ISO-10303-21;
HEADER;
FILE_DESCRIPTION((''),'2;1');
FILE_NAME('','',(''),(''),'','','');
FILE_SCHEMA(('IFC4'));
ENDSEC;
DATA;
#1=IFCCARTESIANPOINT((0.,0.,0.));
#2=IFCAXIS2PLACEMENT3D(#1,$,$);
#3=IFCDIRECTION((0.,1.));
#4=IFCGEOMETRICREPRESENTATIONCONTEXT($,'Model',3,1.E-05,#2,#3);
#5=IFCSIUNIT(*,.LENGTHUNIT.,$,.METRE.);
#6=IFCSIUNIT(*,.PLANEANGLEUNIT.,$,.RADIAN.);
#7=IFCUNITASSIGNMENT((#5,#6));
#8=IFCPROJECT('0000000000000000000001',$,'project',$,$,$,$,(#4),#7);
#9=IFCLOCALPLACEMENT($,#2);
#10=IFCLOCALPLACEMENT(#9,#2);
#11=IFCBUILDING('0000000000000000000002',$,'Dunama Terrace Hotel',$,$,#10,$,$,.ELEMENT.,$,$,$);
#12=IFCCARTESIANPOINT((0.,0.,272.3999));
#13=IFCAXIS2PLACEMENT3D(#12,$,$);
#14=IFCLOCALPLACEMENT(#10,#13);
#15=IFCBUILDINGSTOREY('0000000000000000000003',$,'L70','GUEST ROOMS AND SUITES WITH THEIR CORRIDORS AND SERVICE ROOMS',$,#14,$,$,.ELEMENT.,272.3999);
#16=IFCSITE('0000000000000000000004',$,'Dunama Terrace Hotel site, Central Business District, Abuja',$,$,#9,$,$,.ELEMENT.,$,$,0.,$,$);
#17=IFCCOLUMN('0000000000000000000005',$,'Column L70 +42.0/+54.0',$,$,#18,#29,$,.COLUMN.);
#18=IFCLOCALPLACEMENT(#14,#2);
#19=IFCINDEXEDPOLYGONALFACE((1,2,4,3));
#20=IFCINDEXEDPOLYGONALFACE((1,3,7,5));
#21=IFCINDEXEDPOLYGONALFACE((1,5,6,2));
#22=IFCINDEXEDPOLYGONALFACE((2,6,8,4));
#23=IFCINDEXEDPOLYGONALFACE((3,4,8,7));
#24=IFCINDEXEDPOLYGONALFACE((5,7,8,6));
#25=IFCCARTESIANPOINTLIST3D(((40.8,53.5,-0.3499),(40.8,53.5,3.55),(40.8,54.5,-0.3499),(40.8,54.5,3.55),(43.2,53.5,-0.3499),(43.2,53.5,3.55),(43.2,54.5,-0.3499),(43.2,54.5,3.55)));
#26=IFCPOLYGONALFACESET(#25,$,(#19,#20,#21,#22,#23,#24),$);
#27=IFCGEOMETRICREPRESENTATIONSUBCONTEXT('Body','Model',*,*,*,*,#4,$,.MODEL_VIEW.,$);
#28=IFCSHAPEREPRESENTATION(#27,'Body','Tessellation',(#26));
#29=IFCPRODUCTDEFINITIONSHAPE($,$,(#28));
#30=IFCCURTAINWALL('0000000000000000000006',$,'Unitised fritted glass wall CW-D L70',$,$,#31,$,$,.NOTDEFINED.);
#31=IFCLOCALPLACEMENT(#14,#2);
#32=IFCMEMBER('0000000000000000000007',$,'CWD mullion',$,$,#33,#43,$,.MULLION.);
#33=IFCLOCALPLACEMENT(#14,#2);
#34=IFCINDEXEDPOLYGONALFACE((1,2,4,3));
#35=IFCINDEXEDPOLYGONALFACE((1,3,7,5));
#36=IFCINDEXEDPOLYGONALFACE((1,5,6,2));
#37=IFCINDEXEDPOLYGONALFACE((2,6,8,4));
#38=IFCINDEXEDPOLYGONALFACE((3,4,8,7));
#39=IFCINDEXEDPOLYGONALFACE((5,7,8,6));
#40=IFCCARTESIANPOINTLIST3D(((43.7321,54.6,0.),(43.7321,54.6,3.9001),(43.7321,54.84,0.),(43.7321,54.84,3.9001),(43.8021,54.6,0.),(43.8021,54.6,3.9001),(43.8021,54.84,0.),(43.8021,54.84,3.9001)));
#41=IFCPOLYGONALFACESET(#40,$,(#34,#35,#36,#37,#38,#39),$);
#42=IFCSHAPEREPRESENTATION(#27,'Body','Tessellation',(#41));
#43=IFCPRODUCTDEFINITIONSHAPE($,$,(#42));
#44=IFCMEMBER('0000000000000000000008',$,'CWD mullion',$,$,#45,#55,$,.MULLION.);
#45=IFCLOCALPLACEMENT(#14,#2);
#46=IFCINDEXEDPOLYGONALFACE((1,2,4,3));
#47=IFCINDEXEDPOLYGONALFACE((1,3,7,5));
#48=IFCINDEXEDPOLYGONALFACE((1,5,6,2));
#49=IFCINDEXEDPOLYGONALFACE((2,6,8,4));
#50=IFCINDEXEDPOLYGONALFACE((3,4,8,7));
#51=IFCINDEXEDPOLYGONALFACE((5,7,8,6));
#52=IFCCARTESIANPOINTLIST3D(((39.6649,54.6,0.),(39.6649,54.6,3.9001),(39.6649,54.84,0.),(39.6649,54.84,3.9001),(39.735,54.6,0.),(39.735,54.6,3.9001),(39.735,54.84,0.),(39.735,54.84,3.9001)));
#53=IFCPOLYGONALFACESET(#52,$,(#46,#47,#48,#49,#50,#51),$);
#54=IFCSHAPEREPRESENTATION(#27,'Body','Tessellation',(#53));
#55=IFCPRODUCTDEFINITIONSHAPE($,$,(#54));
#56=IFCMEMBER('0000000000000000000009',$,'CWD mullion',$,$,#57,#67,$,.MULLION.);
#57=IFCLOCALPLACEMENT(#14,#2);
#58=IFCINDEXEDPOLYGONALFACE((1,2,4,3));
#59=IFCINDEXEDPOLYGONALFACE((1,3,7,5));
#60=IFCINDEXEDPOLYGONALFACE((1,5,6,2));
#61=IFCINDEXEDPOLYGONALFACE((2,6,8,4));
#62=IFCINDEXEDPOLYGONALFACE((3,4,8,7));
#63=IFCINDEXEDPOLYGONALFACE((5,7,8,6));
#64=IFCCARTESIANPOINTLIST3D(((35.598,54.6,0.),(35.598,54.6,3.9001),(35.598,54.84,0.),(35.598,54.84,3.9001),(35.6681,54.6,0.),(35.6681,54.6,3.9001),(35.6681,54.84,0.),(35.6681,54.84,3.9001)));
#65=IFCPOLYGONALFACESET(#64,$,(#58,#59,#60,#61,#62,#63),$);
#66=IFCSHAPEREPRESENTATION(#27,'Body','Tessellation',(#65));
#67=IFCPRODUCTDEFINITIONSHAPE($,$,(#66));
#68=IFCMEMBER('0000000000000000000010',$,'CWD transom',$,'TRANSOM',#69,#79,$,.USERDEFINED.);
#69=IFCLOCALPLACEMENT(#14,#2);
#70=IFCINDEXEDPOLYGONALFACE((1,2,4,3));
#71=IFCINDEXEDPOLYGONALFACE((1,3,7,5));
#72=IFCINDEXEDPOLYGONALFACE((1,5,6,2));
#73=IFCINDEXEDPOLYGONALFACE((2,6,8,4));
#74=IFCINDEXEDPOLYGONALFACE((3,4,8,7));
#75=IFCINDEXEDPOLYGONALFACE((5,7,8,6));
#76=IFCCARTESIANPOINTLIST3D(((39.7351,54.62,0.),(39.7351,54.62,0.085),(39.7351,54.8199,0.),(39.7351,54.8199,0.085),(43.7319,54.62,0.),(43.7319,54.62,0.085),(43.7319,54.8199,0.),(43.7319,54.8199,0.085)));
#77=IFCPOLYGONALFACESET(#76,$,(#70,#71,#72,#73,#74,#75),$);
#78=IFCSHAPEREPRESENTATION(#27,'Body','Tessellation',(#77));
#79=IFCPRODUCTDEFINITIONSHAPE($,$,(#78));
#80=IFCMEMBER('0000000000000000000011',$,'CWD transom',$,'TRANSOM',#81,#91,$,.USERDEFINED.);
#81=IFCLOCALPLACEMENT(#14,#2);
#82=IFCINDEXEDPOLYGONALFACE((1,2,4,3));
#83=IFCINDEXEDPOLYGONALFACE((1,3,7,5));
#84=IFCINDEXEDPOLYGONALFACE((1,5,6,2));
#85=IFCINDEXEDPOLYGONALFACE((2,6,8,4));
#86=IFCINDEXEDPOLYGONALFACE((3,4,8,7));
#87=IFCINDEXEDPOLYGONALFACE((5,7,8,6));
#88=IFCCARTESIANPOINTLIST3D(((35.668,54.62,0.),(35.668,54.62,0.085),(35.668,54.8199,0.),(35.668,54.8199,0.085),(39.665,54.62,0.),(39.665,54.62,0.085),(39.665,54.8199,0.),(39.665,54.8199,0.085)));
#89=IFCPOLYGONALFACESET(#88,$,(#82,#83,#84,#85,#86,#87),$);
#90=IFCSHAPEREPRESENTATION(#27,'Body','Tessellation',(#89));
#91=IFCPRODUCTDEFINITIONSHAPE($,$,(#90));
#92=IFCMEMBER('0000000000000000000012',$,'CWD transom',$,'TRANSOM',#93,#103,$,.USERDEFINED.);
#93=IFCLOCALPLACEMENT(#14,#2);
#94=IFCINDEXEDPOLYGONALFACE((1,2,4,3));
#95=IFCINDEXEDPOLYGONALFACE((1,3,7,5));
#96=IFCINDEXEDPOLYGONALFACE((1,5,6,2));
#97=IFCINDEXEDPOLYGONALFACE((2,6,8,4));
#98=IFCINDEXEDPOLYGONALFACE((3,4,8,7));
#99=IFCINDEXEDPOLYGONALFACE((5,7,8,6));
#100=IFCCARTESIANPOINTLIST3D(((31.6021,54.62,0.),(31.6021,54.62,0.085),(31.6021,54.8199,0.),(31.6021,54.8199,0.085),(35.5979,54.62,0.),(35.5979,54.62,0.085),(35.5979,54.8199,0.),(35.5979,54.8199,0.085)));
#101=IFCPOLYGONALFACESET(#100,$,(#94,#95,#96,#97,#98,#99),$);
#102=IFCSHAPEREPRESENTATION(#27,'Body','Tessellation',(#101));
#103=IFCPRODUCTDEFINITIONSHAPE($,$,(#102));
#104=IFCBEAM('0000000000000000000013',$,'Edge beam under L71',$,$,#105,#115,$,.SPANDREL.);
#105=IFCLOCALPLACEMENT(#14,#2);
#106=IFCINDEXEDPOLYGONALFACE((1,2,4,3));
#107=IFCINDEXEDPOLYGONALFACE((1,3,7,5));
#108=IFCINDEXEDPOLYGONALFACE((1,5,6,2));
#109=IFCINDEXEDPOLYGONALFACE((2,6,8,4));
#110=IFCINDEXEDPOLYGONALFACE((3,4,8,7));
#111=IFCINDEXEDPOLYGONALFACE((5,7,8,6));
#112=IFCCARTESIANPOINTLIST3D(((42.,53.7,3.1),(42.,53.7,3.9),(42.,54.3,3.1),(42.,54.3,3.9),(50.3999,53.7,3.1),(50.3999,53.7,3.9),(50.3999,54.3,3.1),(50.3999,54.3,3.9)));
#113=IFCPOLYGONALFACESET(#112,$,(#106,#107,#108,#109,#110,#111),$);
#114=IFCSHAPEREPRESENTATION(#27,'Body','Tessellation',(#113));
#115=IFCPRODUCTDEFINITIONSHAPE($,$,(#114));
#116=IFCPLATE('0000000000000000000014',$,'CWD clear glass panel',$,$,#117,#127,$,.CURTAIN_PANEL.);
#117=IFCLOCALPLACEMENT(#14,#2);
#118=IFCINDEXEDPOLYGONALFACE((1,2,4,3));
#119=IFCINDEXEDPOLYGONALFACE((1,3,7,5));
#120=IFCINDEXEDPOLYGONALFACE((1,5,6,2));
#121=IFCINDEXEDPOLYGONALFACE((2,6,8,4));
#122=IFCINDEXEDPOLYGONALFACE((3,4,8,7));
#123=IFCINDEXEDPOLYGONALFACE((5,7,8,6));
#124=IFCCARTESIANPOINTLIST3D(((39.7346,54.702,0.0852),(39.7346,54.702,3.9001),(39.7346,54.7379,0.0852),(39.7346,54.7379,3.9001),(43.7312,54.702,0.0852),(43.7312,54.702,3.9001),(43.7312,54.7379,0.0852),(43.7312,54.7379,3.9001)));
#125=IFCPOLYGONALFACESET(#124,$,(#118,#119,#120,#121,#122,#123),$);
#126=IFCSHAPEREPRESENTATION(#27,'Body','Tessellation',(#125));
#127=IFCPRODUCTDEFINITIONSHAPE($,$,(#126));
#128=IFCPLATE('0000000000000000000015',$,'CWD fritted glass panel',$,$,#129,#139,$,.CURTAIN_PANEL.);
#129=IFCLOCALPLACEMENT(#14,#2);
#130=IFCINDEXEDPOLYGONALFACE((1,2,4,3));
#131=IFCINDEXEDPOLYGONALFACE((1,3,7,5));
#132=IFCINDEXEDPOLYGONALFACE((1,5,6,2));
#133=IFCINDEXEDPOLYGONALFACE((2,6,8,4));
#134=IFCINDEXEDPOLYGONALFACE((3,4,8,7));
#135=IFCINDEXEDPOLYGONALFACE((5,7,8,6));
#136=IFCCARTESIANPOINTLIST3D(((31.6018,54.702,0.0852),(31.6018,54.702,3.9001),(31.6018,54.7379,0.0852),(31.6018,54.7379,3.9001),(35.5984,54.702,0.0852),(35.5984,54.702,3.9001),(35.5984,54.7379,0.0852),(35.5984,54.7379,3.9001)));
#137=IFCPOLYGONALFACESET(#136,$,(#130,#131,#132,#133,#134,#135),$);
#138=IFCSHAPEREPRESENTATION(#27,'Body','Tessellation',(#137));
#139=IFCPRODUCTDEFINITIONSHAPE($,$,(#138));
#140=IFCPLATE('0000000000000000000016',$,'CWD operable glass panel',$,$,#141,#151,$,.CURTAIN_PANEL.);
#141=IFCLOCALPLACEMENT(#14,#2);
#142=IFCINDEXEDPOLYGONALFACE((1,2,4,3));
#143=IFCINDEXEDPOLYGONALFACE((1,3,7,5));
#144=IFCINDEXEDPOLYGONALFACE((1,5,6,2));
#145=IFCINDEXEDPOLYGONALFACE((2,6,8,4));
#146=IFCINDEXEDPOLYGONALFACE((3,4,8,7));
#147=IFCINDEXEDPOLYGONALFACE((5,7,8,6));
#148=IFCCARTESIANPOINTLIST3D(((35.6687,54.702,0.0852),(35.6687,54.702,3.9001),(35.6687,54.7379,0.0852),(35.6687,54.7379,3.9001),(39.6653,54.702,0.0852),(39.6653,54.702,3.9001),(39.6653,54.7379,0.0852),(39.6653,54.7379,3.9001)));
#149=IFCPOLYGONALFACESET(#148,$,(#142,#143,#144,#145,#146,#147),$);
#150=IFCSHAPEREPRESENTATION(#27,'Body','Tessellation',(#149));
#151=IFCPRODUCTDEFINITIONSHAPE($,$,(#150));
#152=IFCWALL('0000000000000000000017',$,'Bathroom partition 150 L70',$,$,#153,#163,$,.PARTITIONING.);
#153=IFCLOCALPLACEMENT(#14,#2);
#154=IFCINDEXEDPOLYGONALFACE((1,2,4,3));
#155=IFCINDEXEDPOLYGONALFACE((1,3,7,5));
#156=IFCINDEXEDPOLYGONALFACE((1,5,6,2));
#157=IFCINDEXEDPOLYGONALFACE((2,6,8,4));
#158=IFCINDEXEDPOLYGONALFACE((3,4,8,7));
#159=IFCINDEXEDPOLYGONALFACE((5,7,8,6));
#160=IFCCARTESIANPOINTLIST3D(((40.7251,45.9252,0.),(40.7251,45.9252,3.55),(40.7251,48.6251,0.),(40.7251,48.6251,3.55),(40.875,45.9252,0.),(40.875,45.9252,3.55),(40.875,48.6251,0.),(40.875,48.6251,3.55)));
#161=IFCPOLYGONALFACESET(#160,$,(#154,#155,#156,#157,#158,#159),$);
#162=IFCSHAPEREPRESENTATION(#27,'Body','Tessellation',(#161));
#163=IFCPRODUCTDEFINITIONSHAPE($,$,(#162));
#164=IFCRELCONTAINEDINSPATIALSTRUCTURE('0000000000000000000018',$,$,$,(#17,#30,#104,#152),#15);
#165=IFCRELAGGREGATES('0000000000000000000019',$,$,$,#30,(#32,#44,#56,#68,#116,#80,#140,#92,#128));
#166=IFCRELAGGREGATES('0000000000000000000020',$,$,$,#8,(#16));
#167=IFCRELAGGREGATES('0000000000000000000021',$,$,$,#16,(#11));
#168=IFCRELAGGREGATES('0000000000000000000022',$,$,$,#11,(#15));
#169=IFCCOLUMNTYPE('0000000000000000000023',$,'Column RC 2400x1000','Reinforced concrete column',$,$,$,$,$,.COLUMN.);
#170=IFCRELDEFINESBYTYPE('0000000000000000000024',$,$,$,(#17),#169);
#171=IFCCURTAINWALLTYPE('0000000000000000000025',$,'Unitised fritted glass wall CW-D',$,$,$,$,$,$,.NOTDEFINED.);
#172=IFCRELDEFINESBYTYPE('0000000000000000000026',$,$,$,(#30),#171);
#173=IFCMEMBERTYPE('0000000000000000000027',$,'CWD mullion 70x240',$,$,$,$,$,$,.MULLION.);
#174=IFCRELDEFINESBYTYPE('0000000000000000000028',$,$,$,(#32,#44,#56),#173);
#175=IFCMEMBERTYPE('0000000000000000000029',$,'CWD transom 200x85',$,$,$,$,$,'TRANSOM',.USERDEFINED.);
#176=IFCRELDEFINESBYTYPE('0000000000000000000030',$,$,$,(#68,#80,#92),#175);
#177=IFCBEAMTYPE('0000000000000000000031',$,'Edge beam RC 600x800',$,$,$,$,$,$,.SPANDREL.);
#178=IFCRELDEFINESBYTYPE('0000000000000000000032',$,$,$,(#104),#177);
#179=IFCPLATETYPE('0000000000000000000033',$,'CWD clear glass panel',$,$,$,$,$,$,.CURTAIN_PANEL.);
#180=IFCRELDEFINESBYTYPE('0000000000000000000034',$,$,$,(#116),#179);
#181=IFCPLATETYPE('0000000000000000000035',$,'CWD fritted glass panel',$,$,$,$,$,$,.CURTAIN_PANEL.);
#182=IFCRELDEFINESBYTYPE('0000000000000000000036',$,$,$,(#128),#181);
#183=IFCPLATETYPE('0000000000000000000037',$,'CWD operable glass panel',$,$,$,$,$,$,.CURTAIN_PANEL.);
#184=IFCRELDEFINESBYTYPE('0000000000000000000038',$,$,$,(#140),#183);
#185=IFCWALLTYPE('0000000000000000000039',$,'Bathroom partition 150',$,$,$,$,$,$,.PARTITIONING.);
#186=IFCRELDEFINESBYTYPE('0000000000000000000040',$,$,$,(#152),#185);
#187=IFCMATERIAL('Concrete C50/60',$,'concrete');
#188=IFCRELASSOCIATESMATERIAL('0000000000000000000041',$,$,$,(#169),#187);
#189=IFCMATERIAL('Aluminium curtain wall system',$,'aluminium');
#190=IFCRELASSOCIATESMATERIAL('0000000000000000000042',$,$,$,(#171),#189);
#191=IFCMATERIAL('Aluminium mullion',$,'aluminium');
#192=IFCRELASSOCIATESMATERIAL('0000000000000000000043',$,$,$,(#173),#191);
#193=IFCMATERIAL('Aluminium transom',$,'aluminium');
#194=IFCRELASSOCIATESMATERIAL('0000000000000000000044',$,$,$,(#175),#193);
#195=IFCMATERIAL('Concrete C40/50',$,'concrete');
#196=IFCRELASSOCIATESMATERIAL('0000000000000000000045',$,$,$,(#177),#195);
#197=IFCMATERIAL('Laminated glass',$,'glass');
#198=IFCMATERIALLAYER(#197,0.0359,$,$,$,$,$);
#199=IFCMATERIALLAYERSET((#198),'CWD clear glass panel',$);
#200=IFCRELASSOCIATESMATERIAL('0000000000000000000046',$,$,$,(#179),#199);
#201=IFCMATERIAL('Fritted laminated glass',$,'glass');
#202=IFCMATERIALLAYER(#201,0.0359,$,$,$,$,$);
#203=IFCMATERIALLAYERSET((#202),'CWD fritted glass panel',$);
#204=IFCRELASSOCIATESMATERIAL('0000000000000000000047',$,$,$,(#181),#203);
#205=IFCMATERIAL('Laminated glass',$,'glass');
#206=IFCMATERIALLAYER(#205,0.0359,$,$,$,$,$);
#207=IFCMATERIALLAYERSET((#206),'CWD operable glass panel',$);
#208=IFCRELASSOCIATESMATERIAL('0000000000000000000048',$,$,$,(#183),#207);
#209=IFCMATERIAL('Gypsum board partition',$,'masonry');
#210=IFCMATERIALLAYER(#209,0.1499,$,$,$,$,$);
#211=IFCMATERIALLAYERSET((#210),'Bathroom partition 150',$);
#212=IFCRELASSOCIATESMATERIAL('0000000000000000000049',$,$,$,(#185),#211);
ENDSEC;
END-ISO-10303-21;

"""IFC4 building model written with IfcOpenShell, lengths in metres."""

from ifc_helpers import new_model, si_unit, direction, frame, frame_2d, origin, origin_2d, place, context, subcontext, project, spatial, rectangle, extrude, material, layer, layer_set, material_profile, profile_set, type_object, element, aggregate, save


model = new_model("IFC4")

# Units and contexts
model_context = context("Model", 3, precision=1e-05, world=origin(), true_north=direction((0.0, 1.0)))
body_context = subcontext(model_context, "Body", "Model", "MODEL_VIEW")
ifc_project = project(units=[si_unit("LENGTHUNIT", "METRE"), si_unit("PLANEANGLEUNIT", "RADIAN")], contexts=[model_context])

# Site, building, storey
site_placement = place(None, origin())
site = spatial("IfcSite", under=ifc_project, at=site_placement, Name="Dunama Terrace Hotel site, Central Business District, Abuja", CompositionType="ELEMENT", RefElevation=0.0)
building_placement = place(site_placement, origin())
building = spatial("IfcBuilding", under=site, at=building_placement, Name="Dunama Terrace Hotel", CompositionType="ELEMENT")
storey_placement = place(building_placement, frame((0.0, 0.0, 272.3999)))
storey = spatial("IfcBuildingStorey", under=building, at=storey_placement, Name="L70", Description="GUEST ROOMS AND SUITES WITH THEIR CORRIDORS AND SERVICE ROOMS", CompositionType="ELEMENT", Elevation=272.3999)

# Column
ifc_material_1 = material(Name="Concrete C50/60", Category="concrete")
ifc_material_profile_1 = material_profile(ifc_material_1, rectangle(XDim=2.3999, YDim=1.0, at=origin_2d()), Name="RC 2400x1000")
ifc_profile_set_1 = profile_set([ifc_material_profile_1], Name="Concrete C50/60")
column_type = type_object("IfcColumnType", Name="Column RC 2400x1000", Description="Reinforced concrete column", PredefinedType="COLUMN", material=ifc_profile_set_1)
column_placement = place(storey_placement, frame((42.0, 54.0, -0.3499), z_axis=(0.0, 0.0, 1.0), x_axis=(1.0, 0.0, 0.0)))
element("IfcColumn", 1, at=column_placement, inside=storey, type_object=column_type, Name="Column L70 +42.0/+54.0", PredefinedType="COLUMN", context=body_context, shape_type="SweptSolid", body=[
    extrude(rectangle(XDim=2.3999, YDim=1.0, at=origin_2d()), origin(), (0.0, 0.0, 1.0), 3.8999),
])

# Curtain wall, members
ifc_material_2 = material(Name="Aluminium curtain wall system", Category="aluminium")
curtain_wall_type = type_object("IfcCurtainWallType", Name="Unitised fritted glass wall CW-D", PredefinedType="NOTDEFINED", material=ifc_material_2)
curtain_wall_placement = place(storey_placement, origin())
curtain_wall = element("IfcCurtainWall", 2, at=curtain_wall_placement, inside=storey, type_object=curtain_wall_type, Name="Unitised fritted glass wall CW-D L70", PredefinedType="NOTDEFINED")
ifc_material_3 = material(Name="Aluminium mullion", Category="aluminium")
ifc_material_profile_2 = material_profile(ifc_material_3, rectangle(XDim=0.0701, YDim=0.24, at=origin_2d()), Name="CWD MULLION 70X240")
ifc_profile_set_2 = profile_set([ifc_material_profile_2], Name="Aluminium mullion")
member_type_1 = type_object("IfcMemberType", Name="CWD mullion 70x240", PredefinedType="MULLION", material=ifc_profile_set_2)
member_1_placement = place(storey_placement, frame((43.7671, 54.72, 0.0), z_axis=(0.0, 0.0, 1.0), x_axis=(-1.0, 0.0, 0.0)))
member_1 = element("IfcMember", 3, at=member_1_placement, type_object=member_type_1, Name="CWD mullion", PredefinedType="MULLION", context=body_context, shape_type="SweptSolid", body=[
    extrude(rectangle(XDim=0.0701, YDim=0.24, at=origin_2d()), origin(), (0.0, 0.0, 1.0), 3.9001),
])
member_2_placement = place(storey_placement, frame((39.7, 54.72, 0.0), z_axis=(0.0, 0.0, 1.0), x_axis=(-1.0, 0.0, 0.0)))
member_2 = element("IfcMember", 4, at=member_2_placement, type_object=member_type_1, Name="CWD mullion", PredefinedType="MULLION", context=body_context, shape_type="SweptSolid", body=[
    extrude(rectangle(XDim=0.0701, YDim=0.24, at=origin_2d()), origin(), (0.0, 0.0, 1.0), 3.9001),
])
member_3_placement = place(storey_placement, frame((35.6331, 54.72, 0.0), z_axis=(0.0, 0.0, 1.0), x_axis=(-1.0, 0.0, 0.0)))
member_3 = element("IfcMember", 5, at=member_3_placement, type_object=member_type_1, Name="CWD mullion", PredefinedType="MULLION", context=body_context, shape_type="SweptSolid", body=[
    extrude(rectangle(XDim=0.0701, YDim=0.24, at=origin_2d()), origin(), (0.0, 0.0, 1.0), 3.9001),
])
ifc_material_4 = material(Name="Aluminium transom", Category="aluminium")
ifc_material_profile_3 = material_profile(ifc_material_4, rectangle(XDim=0.2, YDim=0.085, at=origin_2d()), Name="CWD TRANSOM 200X85")
ifc_profile_set_3 = profile_set([ifc_material_profile_3], Name="Aluminium transom")
member_type_2 = type_object("IfcMemberType", Name="CWD transom 200x85", ElementType="TRANSOM", PredefinedType="USERDEFINED", material=ifc_profile_set_3)
member_4_placement = place(storey_placement, frame((43.7319, 54.72, 0.0425), z_axis=(-1.0, 0.0, 0.0), x_axis=(0.0, -1.0, 0.0)))
member_4 = element("IfcMember", 6, at=member_4_placement, type_object=member_type_2, Name="CWD transom", ObjectType="TRANSOM", PredefinedType="USERDEFINED", context=body_context, shape_type="SweptSolid", body=[
    extrude(rectangle(XDim=0.2, YDim=0.085, at=origin_2d()), origin(), (0.0, 0.0, 1.0), 3.9968),
])
member_5_placement = place(storey_placement, frame((39.665, 54.72, 0.0425), z_axis=(-1.0, 0.0, 0.0), x_axis=(0.0, -1.0, 0.0)))
member_5 = element("IfcMember", 7, at=member_5_placement, type_object=member_type_2, Name="CWD transom", ObjectType="TRANSOM", PredefinedType="USERDEFINED", context=body_context, shape_type="SweptSolid", body=[
    extrude(rectangle(XDim=0.2, YDim=0.085, at=origin_2d()), origin(), (0.0, 0.0, 1.0), 3.9971),
])
member_6_placement = place(storey_placement, frame((35.5979, 54.72, 0.0425), z_axis=(-1.0, 0.0, 0.0), x_axis=(0.0, -1.0, 0.0)))
member_6 = element("IfcMember", 8, at=member_6_placement, type_object=member_type_2, Name="CWD transom", ObjectType="TRANSOM", PredefinedType="USERDEFINED", context=body_context, shape_type="SweptSolid", body=[
    extrude(rectangle(XDim=0.2, YDim=0.085, at=origin_2d()), origin(), (0.0, 0.0, 1.0), 3.9958),
])

# Beam
ifc_material_5 = material(Name="Concrete C40/50", Category="concrete")
ifc_material_profile_4 = material_profile(ifc_material_5, rectangle(XDim=0.6001, YDim=0.8, at=origin_2d()), Name="RC 600x800")
ifc_profile_set_4 = profile_set([ifc_material_profile_4], Name="Concrete C40/50")
beam_type = type_object("IfcBeamType", Name="Edge beam RC 600x800", PredefinedType="SPANDREL", material=ifc_profile_set_4)
beam_placement = place(storey_placement, frame((42.0, 54.0, 3.5), z_axis=(1.0, 0.0, 0.0), x_axis=(0.0, 1.0, 0.0)))
element("IfcBeam", 9, at=beam_placement, inside=storey, type_object=beam_type, Name="Edge beam under L71", PredefinedType="SPANDREL", context=body_context, shape_type="SweptSolid", body=[
    extrude(rectangle(XDim=0.6001, YDim=0.8, at=origin_2d()), origin(), (0.0, 0.0, 1.0), 8.3999),
])

# Plates
ifc_material_6 = material(Name="Laminated glass", Category="glass")
ifc_layer_1 = layer(ifc_material_6, 0.0359)
ifc_layer_set_1 = layer_set([ifc_layer_1], Name="CWD clear glass panel")
plate_type_1 = type_object("IfcPlateType", Name="CWD clear glass panel", PredefinedType="CURTAIN_PANEL", material=ifc_layer_set_1)
plate_1_placement = place(storey_placement, frame((41.7329, 54.72, 0.0852), z_axis=(0.0, 0.0, 1.0), x_axis=(-1.0, 0.0, 0.0)))
plate_1 = element("IfcPlate", 10, at=plate_1_placement, type_object=plate_type_1, Name="CWD clear glass panel", PredefinedType="CURTAIN_PANEL", context=body_context, shape_type="SweptSolid", body=[
    extrude(rectangle(XDim=3.9966, YDim=0.0359, at=origin_2d()), origin(), (0.0, 0.0, 1.0), 3.8149),
])
ifc_material_7 = material(Name="Fritted laminated glass", Category="glass")
ifc_layer_2 = layer(ifc_material_7, 0.0359)
ifc_layer_set_2 = layer_set([ifc_layer_2], Name="CWD fritted glass panel")
plate_type_2 = type_object("IfcPlateType", Name="CWD fritted glass panel", PredefinedType="CURTAIN_PANEL", material=ifc_layer_set_2)
plate_2_placement = place(storey_placement, frame((33.6001, 54.72, 0.0852), z_axis=(0.0, 0.0, 1.0), x_axis=(-1.0, 0.0, 0.0)))
plate_2 = element("IfcPlate", 11, at=plate_2_placement, type_object=plate_type_2, Name="CWD fritted glass panel", PredefinedType="CURTAIN_PANEL", context=body_context, shape_type="SweptSolid", body=[
    extrude(rectangle(XDim=3.9966, YDim=0.0359, at=origin_2d()), origin(), (0.0, 0.0, 1.0), 3.8149),
])
ifc_material_8 = material(Name="Laminated glass", Category="glass")
ifc_layer_3 = layer(ifc_material_8, 0.0359)
ifc_layer_set_3 = layer_set([ifc_layer_3], Name="CWD operable glass panel")
plate_type_3 = type_object("IfcPlateType", Name="CWD operable glass panel", PredefinedType="CURTAIN_PANEL", material=ifc_layer_set_3)
plate_3_placement = place(storey_placement, frame((37.667, 54.72, 0.0852), z_axis=(0.0, 0.0, 1.0), x_axis=(-1.0, 0.0, 0.0)))
plate_3 = element("IfcPlate", 12, at=plate_3_placement, type_object=plate_type_3, Name="CWD operable glass panel", PredefinedType="CURTAIN_PANEL", context=body_context, shape_type="SweptSolid", body=[
    extrude(rectangle(XDim=3.9966, YDim=0.0359, at=origin_2d()), origin(), (0.0, 0.0, 1.0), 3.8149),
])
aggregate(curtain_wall, [member_1, member_2, member_3, member_4, plate_1, member_5, plate_3, member_6, plate_2])

# Wall
ifc_material_9 = material(Name="Gypsum board partition", Category="masonry")
ifc_layer_4 = layer(ifc_material_9, 0.1499)
ifc_layer_set_4 = layer_set([ifc_layer_4], Name="Bathroom partition 150")
wall_type_1 = type_object("IfcWallType", Name="Bathroom partition 150", PredefinedType="PARTITIONING", material=ifc_layer_set_4)
wall_1_placement = place(storey_placement, frame((40.8, 45.925, 0.0), z_axis=(0.0, 0.0, 1.0), x_axis=(0.0, 1.0, 0.0)))
element("IfcWall", 13, at=wall_1_placement, inside=storey, type_object=wall_type_1, Name="Bathroom partition 150 L70", PredefinedType="PARTITIONING", context=body_context, shape_type="SweptSolid", body=[
    extrude(rectangle(XDim=2.7, YDim=0.1499, at=frame_2d((1.3501, 0.0))), origin(), (0.0, 0.0, 1.0), 3.55),
])

save(model, "model.ifc")
